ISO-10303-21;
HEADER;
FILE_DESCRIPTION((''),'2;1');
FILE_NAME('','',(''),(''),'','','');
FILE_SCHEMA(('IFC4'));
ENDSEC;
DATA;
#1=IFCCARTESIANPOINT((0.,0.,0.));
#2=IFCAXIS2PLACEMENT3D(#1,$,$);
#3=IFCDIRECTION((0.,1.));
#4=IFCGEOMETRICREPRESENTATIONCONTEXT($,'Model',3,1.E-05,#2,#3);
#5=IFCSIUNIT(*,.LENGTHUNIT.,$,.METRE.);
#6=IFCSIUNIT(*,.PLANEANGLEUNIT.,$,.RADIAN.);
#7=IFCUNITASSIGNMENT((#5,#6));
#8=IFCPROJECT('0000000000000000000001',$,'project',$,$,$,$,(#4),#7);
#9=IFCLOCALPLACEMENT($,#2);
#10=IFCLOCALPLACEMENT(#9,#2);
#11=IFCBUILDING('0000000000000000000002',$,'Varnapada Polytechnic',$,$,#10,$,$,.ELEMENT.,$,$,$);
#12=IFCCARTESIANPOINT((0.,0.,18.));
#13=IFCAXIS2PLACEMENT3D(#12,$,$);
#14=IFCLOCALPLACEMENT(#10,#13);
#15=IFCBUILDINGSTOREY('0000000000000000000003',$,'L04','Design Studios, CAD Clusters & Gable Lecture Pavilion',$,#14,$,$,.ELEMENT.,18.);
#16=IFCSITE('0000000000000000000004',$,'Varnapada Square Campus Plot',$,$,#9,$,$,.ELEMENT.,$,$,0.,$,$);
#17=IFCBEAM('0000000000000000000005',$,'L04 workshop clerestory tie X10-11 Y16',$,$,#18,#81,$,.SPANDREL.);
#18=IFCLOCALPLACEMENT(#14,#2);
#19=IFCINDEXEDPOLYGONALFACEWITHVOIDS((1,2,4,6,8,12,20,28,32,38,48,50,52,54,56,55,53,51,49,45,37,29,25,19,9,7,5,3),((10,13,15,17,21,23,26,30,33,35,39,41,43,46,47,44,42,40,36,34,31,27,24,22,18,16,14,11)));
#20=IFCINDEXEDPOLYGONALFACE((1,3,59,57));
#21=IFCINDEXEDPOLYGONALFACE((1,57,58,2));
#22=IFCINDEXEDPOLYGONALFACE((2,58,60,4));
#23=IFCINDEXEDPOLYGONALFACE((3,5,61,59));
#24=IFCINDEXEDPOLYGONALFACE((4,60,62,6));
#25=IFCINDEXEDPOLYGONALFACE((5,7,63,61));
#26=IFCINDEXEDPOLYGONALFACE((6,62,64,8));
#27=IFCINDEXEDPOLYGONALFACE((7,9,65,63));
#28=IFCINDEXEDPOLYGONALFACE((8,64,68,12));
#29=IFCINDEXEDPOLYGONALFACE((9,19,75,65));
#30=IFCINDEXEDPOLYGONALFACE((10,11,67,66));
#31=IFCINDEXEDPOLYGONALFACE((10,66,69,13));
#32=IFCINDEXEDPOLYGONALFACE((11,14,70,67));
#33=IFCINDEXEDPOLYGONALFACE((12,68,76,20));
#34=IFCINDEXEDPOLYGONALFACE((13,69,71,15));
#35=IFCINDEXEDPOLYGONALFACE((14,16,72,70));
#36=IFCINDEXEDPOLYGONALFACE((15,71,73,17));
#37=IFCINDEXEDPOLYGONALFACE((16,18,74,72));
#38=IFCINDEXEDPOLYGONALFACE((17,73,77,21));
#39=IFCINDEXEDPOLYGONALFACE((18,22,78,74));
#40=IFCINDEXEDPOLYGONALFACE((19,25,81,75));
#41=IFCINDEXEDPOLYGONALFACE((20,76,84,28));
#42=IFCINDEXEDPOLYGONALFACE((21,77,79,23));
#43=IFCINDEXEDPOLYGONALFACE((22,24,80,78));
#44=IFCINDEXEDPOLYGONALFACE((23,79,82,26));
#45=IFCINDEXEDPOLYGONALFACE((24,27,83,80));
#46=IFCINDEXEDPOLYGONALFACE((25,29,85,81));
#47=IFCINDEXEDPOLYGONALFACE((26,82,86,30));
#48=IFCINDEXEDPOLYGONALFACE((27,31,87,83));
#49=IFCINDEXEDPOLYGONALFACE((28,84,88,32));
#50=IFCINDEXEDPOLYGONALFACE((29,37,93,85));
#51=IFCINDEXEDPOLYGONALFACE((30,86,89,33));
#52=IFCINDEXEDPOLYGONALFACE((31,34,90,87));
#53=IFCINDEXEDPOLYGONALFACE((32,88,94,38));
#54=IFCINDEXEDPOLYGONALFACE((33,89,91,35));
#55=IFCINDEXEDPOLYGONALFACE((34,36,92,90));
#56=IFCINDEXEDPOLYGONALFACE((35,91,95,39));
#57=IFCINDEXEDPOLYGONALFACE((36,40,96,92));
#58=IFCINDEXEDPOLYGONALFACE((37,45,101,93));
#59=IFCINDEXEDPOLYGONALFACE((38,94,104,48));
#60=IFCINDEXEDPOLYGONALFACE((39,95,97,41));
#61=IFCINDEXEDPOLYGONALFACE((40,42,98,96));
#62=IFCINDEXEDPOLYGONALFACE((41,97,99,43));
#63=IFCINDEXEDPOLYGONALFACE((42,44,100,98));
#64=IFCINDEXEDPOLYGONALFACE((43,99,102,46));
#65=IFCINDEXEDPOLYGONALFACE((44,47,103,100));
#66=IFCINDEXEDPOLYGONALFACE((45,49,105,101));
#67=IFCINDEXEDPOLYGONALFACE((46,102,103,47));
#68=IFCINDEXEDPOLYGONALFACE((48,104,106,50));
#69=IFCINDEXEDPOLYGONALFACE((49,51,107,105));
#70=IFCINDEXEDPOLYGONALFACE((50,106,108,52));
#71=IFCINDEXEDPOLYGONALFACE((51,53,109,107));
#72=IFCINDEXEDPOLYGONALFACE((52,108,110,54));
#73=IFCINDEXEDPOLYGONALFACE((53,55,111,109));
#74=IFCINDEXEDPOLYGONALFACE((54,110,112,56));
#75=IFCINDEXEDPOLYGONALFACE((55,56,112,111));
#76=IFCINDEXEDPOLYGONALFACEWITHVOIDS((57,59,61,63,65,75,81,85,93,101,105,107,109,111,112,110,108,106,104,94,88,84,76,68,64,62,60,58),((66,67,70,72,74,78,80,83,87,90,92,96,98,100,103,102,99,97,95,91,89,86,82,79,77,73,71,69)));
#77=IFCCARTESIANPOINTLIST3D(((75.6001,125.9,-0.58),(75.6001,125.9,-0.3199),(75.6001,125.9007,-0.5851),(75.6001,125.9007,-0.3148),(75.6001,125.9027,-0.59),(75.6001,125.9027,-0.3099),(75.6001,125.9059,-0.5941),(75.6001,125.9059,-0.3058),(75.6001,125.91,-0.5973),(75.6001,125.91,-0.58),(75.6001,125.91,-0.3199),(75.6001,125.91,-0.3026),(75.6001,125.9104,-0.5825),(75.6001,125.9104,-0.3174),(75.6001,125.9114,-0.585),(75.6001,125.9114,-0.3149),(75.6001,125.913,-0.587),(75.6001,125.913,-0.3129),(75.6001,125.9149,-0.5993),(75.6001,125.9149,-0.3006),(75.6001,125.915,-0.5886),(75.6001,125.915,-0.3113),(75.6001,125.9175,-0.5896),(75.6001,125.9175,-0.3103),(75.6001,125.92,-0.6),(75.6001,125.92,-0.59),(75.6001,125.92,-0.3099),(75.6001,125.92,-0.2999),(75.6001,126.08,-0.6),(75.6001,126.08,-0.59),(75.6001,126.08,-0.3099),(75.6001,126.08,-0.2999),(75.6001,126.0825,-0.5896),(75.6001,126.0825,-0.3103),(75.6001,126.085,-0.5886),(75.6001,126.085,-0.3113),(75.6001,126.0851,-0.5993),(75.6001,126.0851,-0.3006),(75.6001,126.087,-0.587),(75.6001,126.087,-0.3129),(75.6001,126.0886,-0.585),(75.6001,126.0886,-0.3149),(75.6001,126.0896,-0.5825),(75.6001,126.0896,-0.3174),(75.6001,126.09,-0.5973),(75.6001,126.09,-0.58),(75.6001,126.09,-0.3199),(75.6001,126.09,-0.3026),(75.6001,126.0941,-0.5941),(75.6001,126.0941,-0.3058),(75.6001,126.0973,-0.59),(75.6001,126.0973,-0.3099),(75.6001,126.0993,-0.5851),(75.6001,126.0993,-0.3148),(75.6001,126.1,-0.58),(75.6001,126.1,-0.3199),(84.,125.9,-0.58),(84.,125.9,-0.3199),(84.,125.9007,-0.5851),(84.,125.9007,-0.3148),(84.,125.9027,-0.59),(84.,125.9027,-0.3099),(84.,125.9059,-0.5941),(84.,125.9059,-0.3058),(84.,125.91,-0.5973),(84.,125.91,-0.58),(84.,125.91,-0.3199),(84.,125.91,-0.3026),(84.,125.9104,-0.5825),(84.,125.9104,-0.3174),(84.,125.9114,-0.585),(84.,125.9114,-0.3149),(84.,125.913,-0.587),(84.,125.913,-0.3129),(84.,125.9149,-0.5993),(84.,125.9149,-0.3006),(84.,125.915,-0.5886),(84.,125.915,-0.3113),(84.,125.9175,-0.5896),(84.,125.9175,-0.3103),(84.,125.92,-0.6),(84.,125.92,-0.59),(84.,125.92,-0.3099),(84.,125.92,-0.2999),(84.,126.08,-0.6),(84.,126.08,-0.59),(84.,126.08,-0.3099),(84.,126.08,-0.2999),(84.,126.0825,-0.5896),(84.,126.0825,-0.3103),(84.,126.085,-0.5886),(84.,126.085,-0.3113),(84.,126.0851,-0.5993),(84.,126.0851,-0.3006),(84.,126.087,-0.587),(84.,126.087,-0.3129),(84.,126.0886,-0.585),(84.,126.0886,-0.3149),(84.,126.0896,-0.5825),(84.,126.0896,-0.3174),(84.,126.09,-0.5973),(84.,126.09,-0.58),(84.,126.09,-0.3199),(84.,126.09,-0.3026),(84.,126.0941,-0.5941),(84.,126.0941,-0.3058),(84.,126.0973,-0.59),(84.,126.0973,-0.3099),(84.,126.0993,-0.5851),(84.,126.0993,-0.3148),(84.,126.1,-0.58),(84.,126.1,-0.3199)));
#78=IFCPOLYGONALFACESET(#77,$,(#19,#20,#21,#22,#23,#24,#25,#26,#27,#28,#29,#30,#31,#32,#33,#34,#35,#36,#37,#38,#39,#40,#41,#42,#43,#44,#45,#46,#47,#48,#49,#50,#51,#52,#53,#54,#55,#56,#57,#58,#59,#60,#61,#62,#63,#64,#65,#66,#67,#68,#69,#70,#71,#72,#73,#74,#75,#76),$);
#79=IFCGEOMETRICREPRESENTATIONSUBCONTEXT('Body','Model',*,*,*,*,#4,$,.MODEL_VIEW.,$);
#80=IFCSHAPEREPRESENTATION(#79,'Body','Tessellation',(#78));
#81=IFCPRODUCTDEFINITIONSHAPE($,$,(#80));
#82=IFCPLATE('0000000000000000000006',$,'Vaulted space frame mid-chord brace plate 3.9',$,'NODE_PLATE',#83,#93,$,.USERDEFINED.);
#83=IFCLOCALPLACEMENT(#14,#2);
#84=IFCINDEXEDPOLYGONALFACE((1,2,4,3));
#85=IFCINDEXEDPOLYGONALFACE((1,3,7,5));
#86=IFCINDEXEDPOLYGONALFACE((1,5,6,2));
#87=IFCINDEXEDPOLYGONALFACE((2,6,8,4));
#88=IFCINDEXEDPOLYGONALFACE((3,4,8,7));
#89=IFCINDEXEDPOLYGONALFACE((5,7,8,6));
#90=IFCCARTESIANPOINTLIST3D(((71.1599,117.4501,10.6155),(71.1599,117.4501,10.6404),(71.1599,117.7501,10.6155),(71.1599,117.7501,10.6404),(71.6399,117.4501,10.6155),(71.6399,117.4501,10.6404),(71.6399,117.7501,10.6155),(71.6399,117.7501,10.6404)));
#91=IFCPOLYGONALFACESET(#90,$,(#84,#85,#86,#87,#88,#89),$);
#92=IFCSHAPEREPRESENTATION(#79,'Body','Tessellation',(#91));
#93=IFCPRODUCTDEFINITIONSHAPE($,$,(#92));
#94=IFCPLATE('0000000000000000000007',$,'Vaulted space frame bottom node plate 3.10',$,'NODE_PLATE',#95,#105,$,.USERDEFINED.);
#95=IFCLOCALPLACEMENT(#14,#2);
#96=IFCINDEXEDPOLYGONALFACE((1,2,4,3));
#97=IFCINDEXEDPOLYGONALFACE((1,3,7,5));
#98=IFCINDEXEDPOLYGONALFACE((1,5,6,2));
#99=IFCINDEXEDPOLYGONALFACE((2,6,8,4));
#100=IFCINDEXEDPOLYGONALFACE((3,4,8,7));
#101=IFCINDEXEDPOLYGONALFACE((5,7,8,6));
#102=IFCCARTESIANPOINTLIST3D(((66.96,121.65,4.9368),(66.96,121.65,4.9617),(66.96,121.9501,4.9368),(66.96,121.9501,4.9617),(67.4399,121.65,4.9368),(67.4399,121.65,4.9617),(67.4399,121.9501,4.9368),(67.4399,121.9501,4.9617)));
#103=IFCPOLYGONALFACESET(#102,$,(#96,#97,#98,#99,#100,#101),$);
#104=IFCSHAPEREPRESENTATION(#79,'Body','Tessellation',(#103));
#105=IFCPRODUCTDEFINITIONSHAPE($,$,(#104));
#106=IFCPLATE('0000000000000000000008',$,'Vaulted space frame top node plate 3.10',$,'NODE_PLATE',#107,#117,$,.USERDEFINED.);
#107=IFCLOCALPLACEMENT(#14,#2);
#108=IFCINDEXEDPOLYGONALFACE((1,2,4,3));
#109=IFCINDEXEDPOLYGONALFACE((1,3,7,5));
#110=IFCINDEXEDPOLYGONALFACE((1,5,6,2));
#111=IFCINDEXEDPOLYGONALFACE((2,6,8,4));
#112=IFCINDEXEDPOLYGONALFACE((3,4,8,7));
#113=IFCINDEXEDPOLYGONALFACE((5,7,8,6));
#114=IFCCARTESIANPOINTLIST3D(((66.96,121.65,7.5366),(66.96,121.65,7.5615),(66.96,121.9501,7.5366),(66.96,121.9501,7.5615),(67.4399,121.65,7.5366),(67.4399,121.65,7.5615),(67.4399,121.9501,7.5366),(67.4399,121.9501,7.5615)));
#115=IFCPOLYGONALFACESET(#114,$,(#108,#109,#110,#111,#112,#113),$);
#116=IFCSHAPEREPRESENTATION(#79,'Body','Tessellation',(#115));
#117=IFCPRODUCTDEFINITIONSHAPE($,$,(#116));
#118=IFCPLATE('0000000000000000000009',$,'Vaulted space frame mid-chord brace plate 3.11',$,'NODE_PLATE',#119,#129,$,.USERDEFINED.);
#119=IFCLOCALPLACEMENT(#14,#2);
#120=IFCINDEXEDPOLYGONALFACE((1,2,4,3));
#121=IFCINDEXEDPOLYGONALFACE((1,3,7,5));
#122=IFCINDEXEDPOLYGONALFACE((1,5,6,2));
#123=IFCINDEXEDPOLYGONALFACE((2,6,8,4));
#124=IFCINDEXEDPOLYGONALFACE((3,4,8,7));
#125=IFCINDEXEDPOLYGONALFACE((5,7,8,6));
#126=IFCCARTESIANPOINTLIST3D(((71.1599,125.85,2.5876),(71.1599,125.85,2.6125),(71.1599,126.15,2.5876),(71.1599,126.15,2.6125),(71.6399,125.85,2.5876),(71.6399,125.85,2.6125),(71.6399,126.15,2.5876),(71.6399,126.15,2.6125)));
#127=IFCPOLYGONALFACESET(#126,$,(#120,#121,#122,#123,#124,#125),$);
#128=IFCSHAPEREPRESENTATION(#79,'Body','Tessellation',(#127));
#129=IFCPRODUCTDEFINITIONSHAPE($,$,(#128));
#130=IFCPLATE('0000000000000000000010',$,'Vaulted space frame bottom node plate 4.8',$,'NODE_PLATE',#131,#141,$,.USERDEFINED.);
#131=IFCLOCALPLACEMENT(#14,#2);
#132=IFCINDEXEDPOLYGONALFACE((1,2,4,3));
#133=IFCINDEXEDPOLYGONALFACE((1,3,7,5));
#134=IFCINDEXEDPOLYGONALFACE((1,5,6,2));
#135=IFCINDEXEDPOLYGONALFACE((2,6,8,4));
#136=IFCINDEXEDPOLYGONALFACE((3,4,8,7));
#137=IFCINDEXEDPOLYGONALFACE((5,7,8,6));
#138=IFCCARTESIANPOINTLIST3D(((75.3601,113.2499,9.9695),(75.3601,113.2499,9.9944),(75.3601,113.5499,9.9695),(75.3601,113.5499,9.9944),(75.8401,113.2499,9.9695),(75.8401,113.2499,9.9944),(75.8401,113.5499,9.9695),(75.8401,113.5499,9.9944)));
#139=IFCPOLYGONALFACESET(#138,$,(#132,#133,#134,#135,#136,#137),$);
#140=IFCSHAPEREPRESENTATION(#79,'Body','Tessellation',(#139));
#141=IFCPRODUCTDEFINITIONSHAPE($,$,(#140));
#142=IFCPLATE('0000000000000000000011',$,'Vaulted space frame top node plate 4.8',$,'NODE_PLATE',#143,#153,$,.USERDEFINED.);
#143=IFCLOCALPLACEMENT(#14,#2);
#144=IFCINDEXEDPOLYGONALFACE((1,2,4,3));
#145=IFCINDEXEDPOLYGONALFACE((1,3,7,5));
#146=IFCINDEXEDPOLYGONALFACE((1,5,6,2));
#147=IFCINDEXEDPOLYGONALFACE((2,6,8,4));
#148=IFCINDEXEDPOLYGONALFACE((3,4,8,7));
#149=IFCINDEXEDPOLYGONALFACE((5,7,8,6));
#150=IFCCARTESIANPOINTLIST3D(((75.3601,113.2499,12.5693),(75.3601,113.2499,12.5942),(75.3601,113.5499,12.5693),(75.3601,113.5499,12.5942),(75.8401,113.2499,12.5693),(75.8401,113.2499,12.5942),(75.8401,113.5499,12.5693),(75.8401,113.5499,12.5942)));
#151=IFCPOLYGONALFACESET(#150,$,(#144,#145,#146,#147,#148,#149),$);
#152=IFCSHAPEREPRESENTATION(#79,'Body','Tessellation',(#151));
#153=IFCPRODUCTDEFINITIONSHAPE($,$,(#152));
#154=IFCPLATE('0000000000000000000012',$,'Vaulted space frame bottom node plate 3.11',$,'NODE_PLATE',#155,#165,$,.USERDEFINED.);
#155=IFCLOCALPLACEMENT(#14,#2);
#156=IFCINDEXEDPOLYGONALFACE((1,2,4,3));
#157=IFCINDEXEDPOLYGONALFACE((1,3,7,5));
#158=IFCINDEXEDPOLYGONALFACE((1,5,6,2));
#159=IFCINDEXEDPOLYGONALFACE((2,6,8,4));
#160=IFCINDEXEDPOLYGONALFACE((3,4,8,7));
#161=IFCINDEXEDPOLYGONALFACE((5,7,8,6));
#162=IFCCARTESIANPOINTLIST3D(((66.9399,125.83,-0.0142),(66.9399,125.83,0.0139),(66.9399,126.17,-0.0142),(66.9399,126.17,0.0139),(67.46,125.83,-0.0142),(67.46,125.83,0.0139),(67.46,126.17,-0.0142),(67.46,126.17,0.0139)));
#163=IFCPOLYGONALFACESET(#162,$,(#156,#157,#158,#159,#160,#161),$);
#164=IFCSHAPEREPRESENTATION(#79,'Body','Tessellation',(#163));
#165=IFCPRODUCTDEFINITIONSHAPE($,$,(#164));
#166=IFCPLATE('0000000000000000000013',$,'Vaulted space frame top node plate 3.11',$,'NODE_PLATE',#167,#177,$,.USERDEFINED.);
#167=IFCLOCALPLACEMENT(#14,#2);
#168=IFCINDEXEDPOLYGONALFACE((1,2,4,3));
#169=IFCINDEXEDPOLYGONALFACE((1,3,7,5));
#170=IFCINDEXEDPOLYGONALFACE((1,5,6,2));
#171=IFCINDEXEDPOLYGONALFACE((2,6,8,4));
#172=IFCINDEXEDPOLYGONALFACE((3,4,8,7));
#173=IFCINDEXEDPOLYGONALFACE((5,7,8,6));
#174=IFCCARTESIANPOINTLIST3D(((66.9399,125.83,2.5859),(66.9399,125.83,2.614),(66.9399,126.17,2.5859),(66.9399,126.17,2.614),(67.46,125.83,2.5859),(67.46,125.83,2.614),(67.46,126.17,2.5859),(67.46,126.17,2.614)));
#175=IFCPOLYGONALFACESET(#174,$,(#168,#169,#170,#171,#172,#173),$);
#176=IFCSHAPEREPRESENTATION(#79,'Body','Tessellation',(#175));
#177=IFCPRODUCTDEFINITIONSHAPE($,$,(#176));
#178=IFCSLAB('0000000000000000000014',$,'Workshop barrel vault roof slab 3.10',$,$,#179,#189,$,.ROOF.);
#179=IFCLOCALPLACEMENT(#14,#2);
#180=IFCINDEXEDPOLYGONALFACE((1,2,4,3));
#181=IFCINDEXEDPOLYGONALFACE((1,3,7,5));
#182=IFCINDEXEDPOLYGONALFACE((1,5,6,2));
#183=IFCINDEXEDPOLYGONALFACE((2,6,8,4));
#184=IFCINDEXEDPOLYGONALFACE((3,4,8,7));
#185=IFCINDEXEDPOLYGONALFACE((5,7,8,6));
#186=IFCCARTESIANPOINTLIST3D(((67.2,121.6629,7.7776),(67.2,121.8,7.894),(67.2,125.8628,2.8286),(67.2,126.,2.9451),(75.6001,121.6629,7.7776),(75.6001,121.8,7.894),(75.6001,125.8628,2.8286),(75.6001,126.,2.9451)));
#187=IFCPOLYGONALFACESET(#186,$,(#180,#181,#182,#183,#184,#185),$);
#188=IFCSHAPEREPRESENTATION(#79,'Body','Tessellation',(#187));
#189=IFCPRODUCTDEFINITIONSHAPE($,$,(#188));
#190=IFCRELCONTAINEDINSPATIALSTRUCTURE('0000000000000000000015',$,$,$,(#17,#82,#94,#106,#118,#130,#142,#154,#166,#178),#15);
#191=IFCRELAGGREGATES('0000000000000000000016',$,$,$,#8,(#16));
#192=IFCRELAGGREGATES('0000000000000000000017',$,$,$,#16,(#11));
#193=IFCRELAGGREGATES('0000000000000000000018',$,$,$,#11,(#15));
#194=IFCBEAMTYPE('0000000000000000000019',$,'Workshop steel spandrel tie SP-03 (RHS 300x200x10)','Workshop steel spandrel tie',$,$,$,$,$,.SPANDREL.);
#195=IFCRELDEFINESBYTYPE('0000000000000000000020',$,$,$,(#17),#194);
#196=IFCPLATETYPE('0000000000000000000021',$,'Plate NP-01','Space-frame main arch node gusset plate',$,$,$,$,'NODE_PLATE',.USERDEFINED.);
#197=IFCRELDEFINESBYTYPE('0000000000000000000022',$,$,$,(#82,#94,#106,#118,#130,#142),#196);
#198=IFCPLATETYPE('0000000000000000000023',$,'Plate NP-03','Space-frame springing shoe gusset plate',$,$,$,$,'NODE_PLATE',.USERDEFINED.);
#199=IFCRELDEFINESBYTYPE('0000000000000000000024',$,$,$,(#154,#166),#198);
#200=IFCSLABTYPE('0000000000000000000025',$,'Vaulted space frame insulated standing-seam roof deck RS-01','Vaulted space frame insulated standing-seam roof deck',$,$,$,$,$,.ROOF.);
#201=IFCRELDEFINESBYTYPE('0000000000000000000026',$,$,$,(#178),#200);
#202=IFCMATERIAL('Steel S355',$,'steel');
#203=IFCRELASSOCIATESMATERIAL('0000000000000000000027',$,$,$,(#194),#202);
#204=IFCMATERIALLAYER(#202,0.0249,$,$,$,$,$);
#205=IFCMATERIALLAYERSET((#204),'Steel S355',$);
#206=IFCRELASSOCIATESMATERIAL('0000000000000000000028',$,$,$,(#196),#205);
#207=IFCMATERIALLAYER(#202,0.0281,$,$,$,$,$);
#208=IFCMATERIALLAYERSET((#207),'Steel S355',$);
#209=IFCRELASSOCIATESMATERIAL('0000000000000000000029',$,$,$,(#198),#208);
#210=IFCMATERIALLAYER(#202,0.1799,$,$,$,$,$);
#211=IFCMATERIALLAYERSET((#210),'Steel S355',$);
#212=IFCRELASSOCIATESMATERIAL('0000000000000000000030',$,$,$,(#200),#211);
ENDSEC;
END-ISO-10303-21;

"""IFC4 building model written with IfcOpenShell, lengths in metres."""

from ifc_helpers import new_model, si_unit, direction, frame, origin, origin_2d, place, context, subcontext, project, spatial, polyline, rectangle, hollow_rectangle, outline, extrude, material, layer, layer_set, material_profile, profile_set, type_object, element, save


model = new_model("IFC4")

# Units and contexts
model_context = context("Model", 3, precision=1e-05, world=origin(), true_north=direction((0.0, 1.0)))
body_context = subcontext(model_context, "Body", "Model", "MODEL_VIEW")
ifc_project = project(units=[si_unit("LENGTHUNIT", "METRE"), si_unit("PLANEANGLEUNIT", "RADIAN")], contexts=[model_context])

# Site, building, storey
site_placement = place(None, origin())
site = spatial("IfcSite", under=ifc_project, at=site_placement, Name="Varnapada Square Campus Plot", CompositionType="ELEMENT", RefElevation=0.0)
building_placement = place(site_placement, origin())
building = spatial("IfcBuilding", under=site, at=building_placement, Name="Varnapada Polytechnic", CompositionType="ELEMENT")
storey_placement = place(building_placement, frame((0.0, 0.0, 18.0)))
storey = spatial("IfcBuildingStorey", under=building, at=storey_placement, Name="L04", Description="Design Studios, CAD Clusters & Gable Lecture Pavilion", CompositionType="ELEMENT", Elevation=18.0)

# Shared definitions
ifc_material = material(Name="Steel S355", Category="steel")

# Beam
ifc_material_profile_1 = material_profile(ifc_material, hollow_rectangle(XDim=0.2, YDim=0.3, WallThickness=0.01, InnerFilletRadius=0.01, OuterFilletRadius=0.02, at=origin_2d()), Name="RHS 300x200x10")
ifc_profile_set_1 = profile_set([ifc_material_profile_1], Name="Steel S355")
beam_type_1 = type_object("IfcBeamType", Name="Workshop steel spandrel tie SP-03 (RHS 300x200x10)", Description="Workshop steel spandrel tie", PredefinedType="SPANDREL", material=ifc_profile_set_1)
beam_1_placement = place(storey_placement, frame((75.6001, 126.0, -0.45), z_axis=(1.0, 0.0, 0.0), x_axis=(0.0, 1.0, 0.0)))
element("IfcBeam", 1, at=beam_1_placement, inside=storey, type_object=beam_type_1, Name="L04 workshop clerestory tie X10-11 Y16", PredefinedType="SPANDREL", context=body_context, shape_type="SweptSolid", body=[
    extrude(hollow_rectangle(XDim=0.2, YDim=0.3, WallThickness=0.01, InnerFilletRadius=0.01, OuterFilletRadius=0.02, at=origin_2d()), origin(), (0.0, 0.0, 1.0), 8.3999),
])

# Plates
ifc_layer_1 = layer(ifc_material, 0.0249)
ifc_layer_set_1 = layer_set([ifc_layer_1], Name="Steel S355")
plate_type_1 = type_object("IfcPlateType", Name="Plate NP-01", Description="Space-frame main arch node gusset plate", ElementType="NODE_PLATE", PredefinedType="USERDEFINED", material=ifc_layer_set_1)
for number, where, z_axis, x_axis, name in (
    (2, (71.3999, 117.6001, 10.6155), (0.0, 0.0, 1.0), (1.0, 0.0, 0.0), "Vaulted space frame mid-chord brace plate 3.9"),
    (3, (67.2, 121.8, 4.9368), (0.0, 0.0, 1.0), (1.0, 0.0, 0.0), "Vaulted space frame bottom node plate 3.10"),
    (4, (67.2, 121.8, 7.5366), (0.0, 0.0, 1.0), (1.0, 0.0, 0.0), "Vaulted space frame top node plate 3.10"),
    (5, (71.3999, 126.0, 2.5876), (0.0, 0.0, 1.0), (1.0, 0.0, 0.0), "Vaulted space frame mid-chord brace plate 3.11"),
    (6, (75.6001, 113.3999, 9.9695), (0.0, 0.0, 1.0), (1.0, 0.0, 0.0), "Vaulted space frame bottom node plate 4.8"),
    (7, (75.6001, 113.3999, 12.5693), (0.0, 0.0, 1.0), (1.0, 0.0, 0.0), "Vaulted space frame top node plate 4.8"),
):
    element("IfcPlate", number, at=place(storey_placement, frame(where, z_axis=z_axis, x_axis=x_axis)), inside=storey, type_object=plate_type_1, Name=name, ObjectType="NODE_PLATE", PredefinedType="USERDEFINED", context=body_context, shape_type="SweptSolid", body=[
        extrude(rectangle(XDim=0.48, YDim=0.3, at=origin_2d()), origin(), (0.0, 0.0, 1.0), 0.0249),
    ])
ifc_layer_2 = layer(ifc_material, 0.0281)
ifc_layer_set_2 = layer_set([ifc_layer_2], Name="Steel S355")
plate_type_2 = type_object("IfcPlateType", Name="Plate NP-03", Description="Space-frame springing shoe gusset plate", ElementType="NODE_PLATE", PredefinedType="USERDEFINED", material=ifc_layer_set_2)
for number, where, z_axis, x_axis, name in (
    (8, (67.2, 126.0, -0.0142), (0.0, 0.0, 1.0), (1.0, 0.0, 0.0), "Vaulted space frame bottom node plate 3.11"),
    (9, (67.2, 126.0, 2.5859), (0.0, 0.0, 1.0), (1.0, 0.0, 0.0), "Vaulted space frame top node plate 3.11"),
):
    element("IfcPlate", number, at=place(storey_placement, frame(where, z_axis=z_axis, x_axis=x_axis)), inside=storey, type_object=plate_type_2, Name=name, ObjectType="NODE_PLATE", PredefinedType="USERDEFINED", context=body_context, shape_type="SweptSolid", body=[
        extrude(rectangle(XDim=0.52, YDim=0.3401, at=origin_2d()), origin(), (0.0, 0.0, 1.0), 0.0281),
    ])

# Slab
ifc_layer_3 = layer(ifc_material, 0.1799)
ifc_layer_set_3 = layer_set([ifc_layer_3], Name="Steel S355")
slab_type = type_object("IfcSlabType", Name="Vaulted space frame insulated standing-seam roof deck RS-01", Description="Vaulted space frame insulated standing-seam roof deck", PredefinedType="ROOF", material=ifc_layer_set_3)
slab_placement = place(storey_placement, frame((67.2, 121.8, 7.894), z_axis=(0.0, 0.762447, 0.647051), x_axis=(1.0, 0.0, 0.0)))
element("IfcSlab", 10, at=slab_placement, inside=storey, type_object=slab_type, Name="Workshop barrel vault roof slab 3.10", PredefinedType="ROOF", context=body_context, shape_type="SweptSolid", body=[
    extrude(outline(polyline([(0.0, 0.0), (8.4001, 0.0), (8.4001, 6.4909), (0.0, 6.4909), (0.0, 0.0)])), origin(), (0.0, 0.0, -1.0), 0.1799),
])

save(model, "model.ifc")
